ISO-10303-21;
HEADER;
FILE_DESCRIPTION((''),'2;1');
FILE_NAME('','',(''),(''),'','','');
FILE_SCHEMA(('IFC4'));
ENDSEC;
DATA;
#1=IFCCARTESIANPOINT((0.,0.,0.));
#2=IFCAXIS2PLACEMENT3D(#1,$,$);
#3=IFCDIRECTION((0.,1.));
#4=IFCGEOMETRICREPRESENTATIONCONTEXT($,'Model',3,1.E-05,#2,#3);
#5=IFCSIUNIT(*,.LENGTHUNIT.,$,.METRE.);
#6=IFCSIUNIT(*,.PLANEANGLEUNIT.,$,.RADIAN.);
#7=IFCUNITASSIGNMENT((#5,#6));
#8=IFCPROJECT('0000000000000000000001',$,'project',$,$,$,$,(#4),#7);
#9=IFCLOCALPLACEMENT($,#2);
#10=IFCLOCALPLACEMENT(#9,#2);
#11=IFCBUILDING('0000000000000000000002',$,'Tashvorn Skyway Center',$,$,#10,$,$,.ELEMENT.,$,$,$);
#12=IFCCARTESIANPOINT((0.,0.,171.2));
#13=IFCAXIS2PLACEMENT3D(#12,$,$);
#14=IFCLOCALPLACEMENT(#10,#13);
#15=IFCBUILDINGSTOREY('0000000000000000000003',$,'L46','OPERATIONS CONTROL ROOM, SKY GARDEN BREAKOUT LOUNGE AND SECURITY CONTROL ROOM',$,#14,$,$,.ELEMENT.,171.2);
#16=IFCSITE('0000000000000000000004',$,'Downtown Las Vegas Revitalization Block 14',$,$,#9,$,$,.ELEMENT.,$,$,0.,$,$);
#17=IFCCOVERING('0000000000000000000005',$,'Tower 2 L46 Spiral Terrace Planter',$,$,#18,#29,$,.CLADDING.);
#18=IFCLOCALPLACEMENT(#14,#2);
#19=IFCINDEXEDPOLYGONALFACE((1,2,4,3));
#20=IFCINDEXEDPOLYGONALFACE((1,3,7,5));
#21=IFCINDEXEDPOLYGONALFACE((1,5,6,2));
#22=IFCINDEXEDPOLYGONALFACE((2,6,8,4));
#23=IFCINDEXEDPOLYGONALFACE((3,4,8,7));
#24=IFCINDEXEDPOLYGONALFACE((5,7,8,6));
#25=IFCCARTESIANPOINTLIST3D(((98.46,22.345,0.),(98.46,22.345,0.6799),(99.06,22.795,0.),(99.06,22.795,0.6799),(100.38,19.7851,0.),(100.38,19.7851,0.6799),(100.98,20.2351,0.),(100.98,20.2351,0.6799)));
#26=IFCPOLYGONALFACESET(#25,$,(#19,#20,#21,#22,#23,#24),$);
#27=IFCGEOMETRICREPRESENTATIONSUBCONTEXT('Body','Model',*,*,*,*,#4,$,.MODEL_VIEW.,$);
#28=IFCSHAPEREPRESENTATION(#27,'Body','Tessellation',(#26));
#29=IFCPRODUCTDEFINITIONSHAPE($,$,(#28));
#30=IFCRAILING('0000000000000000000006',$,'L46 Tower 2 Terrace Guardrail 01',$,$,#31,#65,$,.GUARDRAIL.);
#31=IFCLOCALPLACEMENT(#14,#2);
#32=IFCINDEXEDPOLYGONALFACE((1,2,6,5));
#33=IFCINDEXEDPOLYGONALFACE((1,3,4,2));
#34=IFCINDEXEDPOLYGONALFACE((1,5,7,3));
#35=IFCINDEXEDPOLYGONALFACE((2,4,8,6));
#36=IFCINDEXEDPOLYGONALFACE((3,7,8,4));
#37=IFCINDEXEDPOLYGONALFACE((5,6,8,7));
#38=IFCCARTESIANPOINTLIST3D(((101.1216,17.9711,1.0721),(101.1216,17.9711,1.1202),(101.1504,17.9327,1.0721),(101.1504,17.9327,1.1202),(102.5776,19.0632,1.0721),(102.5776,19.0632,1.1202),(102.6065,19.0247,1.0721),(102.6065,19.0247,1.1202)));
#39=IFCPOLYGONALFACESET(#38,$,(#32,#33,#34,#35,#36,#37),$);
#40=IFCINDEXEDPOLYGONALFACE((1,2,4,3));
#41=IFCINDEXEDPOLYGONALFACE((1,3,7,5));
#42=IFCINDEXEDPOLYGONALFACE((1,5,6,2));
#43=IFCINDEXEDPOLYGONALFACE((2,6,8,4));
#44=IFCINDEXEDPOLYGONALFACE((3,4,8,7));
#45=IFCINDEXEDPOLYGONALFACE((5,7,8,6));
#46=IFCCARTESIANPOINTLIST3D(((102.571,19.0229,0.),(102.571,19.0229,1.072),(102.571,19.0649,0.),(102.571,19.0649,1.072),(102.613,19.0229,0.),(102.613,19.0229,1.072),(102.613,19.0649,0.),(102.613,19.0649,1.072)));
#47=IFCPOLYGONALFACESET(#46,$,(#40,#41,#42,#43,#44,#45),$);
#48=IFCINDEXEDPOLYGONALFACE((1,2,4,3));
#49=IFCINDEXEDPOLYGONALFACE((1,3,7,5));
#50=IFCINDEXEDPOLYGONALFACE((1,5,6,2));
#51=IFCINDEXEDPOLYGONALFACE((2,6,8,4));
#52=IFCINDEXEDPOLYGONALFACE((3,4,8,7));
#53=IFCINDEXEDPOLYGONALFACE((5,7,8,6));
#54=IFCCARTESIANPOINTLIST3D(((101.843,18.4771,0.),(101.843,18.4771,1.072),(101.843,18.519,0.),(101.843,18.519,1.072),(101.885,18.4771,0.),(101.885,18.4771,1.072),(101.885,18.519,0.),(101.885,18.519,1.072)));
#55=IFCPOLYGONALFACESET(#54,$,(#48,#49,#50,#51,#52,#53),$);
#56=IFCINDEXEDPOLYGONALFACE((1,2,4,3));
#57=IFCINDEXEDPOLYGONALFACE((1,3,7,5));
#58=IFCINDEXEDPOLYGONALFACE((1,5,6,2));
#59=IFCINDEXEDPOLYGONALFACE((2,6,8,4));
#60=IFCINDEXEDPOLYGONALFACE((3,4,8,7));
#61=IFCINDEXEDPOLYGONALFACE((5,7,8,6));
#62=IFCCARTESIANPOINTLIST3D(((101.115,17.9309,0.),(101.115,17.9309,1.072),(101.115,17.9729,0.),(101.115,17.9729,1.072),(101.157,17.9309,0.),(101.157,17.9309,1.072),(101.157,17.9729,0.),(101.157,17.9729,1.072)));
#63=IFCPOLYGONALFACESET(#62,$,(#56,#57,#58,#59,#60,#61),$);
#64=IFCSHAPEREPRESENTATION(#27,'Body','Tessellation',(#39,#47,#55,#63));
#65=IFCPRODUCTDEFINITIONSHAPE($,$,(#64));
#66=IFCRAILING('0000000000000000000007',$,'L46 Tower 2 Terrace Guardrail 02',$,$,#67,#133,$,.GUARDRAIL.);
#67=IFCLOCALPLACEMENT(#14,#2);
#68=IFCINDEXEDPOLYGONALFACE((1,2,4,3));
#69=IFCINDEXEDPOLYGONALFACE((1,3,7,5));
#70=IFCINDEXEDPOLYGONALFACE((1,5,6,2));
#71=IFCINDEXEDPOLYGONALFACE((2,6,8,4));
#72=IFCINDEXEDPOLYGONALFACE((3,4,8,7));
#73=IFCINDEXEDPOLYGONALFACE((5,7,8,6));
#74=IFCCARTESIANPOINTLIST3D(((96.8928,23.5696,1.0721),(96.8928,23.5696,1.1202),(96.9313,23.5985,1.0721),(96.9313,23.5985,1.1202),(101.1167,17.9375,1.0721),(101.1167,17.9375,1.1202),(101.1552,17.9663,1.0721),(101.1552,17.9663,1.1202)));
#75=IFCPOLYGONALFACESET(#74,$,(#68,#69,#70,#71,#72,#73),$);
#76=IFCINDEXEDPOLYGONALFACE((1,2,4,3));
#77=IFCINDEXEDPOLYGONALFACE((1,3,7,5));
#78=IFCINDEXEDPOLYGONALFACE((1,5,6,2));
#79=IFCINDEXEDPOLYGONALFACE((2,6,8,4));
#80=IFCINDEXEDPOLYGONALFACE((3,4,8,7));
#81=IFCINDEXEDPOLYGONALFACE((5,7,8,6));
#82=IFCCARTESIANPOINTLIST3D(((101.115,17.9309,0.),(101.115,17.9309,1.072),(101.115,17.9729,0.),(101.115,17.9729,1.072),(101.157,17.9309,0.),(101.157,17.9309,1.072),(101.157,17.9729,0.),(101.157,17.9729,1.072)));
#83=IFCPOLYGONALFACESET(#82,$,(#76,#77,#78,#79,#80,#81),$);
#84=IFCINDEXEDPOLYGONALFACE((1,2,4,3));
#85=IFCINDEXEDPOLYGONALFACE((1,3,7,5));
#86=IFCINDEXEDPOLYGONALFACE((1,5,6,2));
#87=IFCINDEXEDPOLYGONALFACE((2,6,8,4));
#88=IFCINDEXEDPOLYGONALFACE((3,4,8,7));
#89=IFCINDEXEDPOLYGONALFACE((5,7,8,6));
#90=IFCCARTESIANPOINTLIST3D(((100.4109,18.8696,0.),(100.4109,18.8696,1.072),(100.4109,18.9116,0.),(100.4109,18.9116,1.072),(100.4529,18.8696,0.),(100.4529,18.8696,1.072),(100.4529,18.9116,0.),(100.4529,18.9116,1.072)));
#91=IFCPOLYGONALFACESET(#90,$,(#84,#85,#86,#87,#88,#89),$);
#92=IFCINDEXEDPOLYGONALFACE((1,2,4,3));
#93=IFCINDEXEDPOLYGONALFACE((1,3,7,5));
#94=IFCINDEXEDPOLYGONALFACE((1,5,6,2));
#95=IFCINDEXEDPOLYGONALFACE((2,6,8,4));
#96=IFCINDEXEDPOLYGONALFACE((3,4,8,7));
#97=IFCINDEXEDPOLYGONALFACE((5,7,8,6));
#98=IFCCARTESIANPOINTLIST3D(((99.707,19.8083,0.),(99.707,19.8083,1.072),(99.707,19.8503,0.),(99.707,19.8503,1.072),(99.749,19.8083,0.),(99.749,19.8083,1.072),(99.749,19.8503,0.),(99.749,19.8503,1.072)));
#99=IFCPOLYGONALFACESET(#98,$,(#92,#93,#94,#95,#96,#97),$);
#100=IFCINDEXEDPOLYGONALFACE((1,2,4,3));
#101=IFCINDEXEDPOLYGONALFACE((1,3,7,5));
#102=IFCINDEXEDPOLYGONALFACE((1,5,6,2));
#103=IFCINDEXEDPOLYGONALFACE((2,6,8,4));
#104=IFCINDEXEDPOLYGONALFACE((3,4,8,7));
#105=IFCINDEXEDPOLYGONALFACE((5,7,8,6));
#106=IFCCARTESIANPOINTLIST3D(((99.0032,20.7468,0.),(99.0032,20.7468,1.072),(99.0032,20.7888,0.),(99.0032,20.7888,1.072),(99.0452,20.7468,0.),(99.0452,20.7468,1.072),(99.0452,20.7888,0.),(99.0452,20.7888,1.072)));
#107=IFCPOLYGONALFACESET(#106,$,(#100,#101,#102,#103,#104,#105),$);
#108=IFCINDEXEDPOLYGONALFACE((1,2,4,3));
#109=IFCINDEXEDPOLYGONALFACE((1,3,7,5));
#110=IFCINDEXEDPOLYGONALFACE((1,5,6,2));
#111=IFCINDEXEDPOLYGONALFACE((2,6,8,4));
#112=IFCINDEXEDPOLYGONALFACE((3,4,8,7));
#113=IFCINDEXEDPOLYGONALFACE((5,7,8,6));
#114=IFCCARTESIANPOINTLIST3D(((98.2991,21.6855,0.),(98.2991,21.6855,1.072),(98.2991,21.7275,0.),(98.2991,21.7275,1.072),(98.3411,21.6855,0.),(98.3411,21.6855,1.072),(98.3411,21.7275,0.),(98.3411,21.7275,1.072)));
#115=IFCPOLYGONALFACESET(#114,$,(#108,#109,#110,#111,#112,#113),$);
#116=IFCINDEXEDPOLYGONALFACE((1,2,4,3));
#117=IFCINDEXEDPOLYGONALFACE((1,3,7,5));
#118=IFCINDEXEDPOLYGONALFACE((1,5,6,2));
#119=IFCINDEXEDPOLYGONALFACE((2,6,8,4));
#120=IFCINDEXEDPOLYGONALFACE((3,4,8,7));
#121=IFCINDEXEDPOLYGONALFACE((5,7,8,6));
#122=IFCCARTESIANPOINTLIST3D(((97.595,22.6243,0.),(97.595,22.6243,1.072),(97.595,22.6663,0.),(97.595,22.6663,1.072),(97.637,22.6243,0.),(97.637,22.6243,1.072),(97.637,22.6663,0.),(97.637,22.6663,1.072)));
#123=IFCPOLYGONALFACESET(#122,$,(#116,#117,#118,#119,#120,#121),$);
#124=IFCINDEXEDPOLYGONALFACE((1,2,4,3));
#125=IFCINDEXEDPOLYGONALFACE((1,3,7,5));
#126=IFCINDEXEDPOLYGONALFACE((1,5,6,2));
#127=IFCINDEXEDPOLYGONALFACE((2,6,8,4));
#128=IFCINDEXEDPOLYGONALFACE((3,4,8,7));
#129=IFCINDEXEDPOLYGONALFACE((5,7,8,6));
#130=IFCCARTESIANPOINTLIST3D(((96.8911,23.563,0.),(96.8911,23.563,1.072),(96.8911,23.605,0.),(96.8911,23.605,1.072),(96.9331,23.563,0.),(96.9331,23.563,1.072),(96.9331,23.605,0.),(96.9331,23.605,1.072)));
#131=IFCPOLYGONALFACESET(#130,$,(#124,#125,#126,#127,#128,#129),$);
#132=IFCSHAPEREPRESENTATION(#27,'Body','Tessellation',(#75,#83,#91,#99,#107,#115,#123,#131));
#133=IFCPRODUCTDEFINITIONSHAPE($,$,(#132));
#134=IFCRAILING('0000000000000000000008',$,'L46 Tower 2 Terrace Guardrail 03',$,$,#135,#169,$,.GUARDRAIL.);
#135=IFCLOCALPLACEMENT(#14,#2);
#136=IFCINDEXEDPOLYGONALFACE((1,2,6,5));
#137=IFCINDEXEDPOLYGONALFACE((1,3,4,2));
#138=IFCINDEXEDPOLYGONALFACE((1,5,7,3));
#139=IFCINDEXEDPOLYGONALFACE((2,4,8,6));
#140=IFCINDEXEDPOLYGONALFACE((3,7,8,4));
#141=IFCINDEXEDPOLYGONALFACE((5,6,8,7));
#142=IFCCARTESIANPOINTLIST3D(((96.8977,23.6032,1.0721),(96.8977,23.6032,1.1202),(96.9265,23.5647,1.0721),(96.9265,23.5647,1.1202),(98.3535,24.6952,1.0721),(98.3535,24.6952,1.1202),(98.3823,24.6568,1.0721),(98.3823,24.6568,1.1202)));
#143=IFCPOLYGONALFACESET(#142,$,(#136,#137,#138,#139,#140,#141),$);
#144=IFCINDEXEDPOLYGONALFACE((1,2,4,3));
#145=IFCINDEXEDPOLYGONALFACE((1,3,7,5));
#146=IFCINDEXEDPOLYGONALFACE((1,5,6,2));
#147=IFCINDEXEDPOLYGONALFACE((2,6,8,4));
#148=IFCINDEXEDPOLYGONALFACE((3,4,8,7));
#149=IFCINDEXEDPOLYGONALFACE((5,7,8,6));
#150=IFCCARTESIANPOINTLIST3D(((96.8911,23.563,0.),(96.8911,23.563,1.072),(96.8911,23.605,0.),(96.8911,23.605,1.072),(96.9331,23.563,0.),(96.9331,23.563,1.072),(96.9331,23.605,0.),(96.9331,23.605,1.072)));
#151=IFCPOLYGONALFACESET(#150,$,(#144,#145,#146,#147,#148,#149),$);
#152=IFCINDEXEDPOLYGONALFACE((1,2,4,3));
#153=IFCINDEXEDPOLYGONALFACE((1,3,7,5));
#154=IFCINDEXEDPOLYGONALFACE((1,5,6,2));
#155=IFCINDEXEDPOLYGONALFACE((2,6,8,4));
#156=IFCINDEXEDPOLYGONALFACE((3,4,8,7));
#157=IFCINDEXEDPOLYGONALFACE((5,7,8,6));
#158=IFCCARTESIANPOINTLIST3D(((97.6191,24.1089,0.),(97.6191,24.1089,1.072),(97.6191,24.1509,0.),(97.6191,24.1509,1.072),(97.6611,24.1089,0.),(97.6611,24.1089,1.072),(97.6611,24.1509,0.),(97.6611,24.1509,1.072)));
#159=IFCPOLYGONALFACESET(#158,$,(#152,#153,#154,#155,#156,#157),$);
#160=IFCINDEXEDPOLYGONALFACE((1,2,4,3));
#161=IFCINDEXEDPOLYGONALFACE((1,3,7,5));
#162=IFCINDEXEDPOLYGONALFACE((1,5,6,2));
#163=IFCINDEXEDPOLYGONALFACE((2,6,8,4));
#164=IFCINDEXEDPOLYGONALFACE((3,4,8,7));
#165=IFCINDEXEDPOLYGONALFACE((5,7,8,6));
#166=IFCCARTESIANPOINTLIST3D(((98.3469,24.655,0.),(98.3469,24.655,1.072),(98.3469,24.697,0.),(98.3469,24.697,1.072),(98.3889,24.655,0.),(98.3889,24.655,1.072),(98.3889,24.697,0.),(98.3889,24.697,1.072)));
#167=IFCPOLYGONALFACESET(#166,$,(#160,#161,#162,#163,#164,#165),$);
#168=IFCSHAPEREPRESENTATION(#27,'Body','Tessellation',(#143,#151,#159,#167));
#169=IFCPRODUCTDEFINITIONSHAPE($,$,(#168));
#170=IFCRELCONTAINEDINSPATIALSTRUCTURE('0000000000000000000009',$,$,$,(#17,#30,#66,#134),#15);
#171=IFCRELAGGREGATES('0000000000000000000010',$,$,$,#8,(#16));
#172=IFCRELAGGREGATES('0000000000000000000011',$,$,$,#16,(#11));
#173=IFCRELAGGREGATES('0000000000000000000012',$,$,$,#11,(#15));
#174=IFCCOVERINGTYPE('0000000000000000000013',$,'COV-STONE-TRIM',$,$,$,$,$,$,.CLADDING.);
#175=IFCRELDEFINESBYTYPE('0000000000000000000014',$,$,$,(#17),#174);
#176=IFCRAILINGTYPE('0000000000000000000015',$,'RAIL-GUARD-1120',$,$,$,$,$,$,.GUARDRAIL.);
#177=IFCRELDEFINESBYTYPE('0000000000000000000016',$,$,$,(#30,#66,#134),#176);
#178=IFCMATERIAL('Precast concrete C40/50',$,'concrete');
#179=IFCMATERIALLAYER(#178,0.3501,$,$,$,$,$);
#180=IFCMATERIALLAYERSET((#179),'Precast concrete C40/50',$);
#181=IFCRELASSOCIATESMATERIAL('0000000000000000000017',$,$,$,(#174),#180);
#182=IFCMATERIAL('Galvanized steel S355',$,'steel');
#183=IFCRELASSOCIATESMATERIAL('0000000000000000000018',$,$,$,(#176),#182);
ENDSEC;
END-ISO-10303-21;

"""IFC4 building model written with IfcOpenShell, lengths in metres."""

from ifc_helpers import new_model, si_unit, direction, frame, origin, origin_2d, place, context, subcontext, project, spatial, rectangle, extrude, material, layer, layer_set, type_object, element, save


model = new_model("IFC4")

# Units and contexts
model_context = context("Model", 3, precision=1e-05, world=origin(), true_north=direction((0.0, 1.0)))
body_context = subcontext(model_context, "Body", "Model", "MODEL_VIEW")
ifc_project = project(units=[si_unit("LENGTHUNIT", "METRE"), si_unit("PLANEANGLEUNIT", "RADIAN")], contexts=[model_context])

# Site, building, storey
site_placement = place(None, origin())
site = spatial("IfcSite", under=ifc_project, at=site_placement, Name="Downtown Las Vegas Revitalization Block 14", CompositionType="ELEMENT", RefElevation=0.0)
building_placement = place(site_placement, origin())
building = spatial("IfcBuilding", under=site, at=building_placement, Name="Tashvorn Skyway Center", CompositionType="ELEMENT")
storey_placement = place(building_placement, frame((0.0, 0.0, 171.2)))
storey = spatial("IfcBuildingStorey", under=building, at=storey_placement, Name="L46", Description="OPERATIONS CONTROL ROOM, SKY GARDEN BREAKOUT LOUNGE AND SECURITY CONTROL ROOM", CompositionType="ELEMENT", Elevation=171.2)

# Shared definitions
ifc_material_1 = material(Name="Precast concrete C40/50", Category="concrete")

# Covering
ifc_layer_1 = layer(ifc_material_1, 0.3501)
ifc_layer_set_1 = layer_set([ifc_layer_1], Name="Precast concrete C40/50")
covering_type = type_object("IfcCoveringType", Name="COV-STONE-TRIM", PredefinedType="CLADDING", material=ifc_layer_set_1)
covering_1_placement = place(storey_placement, frame((99.72, 21.29, 0.0), z_axis=(0.0, 0.0, 1.0), x_axis=(-0.6, 0.8, 0.0)))
element("IfcCovering", 1, at=covering_1_placement, inside=storey, type_object=covering_type, Name="Tower 2 L46 Spiral Terrace Planter", PredefinedType="CLADDING", context=body_context, shape_type="SweptSolid", body=[
    extrude(rectangle(XDim=3.2, YDim=0.75, at=origin_2d()), origin(), (0.0, 0.0, 1.0), 0.6799),
])

# Railings
ifc_material_2 = material(Name="Galvanized steel S355", Category="steel")
railing_type = type_object("IfcRailingType", Name="RAIL-GUARD-1120", PredefinedType="GUARDRAIL", material=ifc_material_2)
railing_1_placement = place(storey_placement, frame((102.592, 19.0439, 0.0)))
element("IfcRailing", 2, at=railing_1_placement, inside=storey, type_object=railing_type, Name="L46 Tower 2 Terrace Guardrail 01", PredefinedType="GUARDRAIL", context=body_context, shape_type="SweptSolid", body=[
    extrude(rectangle(XDim=0.0481, YDim=0.0481, at=origin_2d()), frame((0.0, 0.0, 1.0962), z_axis=(-0.8, -0.6, 0.0), x_axis=(0.6, -0.8, 0.0)), (0.0, 0.0, 1.0), 1.8201),
    extrude(rectangle(XDim=0.042, YDim=0.042, at=origin_2d()), origin(), (0.0, 0.0, 1.0), 1.072),
    extrude(rectangle(XDim=0.042, YDim=0.042, at=origin_2d()), frame((-0.728, -0.5459, 0.0)), (0.0, 0.0, 1.0), 1.072),
    extrude(rectangle(XDim=0.042, YDim=0.042, at=origin_2d()), frame((-1.4561, -1.092, 0.0)), (0.0, 0.0, 1.0), 1.072),
])
railing_2_placement = place(storey_placement, frame((101.136, 17.9519, 0.0)))
element("IfcRailing", 3, at=railing_2_placement, inside=storey, type_object=railing_type, Name="L46 Tower 2 Terrace Guardrail 02", PredefinedType="GUARDRAIL", context=body_context, shape_type="SweptSolid", body=[
    extrude(rectangle(XDim=0.0481, YDim=0.0481, at=origin_2d()), frame((0.0, 0.0, 1.0962), z_axis=(-0.599983, 0.800012, 0.0), x_axis=(-0.800012, -0.599983, 0.0)), (0.0, 0.0, 1.0), 7.04),
    extrude(rectangle(XDim=0.042, YDim=0.042, at=origin_2d()), origin(), (0.0, 0.0, 1.0), 1.072),
    extrude(rectangle(XDim=0.042, YDim=0.042, at=origin_2d()), frame((-0.7041, 0.9387, 0.0)), (0.0, 0.0, 1.0), 1.072),
    extrude(rectangle(XDim=0.042, YDim=0.042, at=origin_2d()), frame((-1.408, 1.8774, 0.0)), (0.0, 0.0, 1.0), 1.072),
    extrude(rectangle(XDim=0.042, YDim=0.042, at=origin_2d()), frame((-2.1118, 2.8159, 0.0)), (0.0, 0.0, 1.0), 1.072),
    extrude(rectangle(XDim=0.042, YDim=0.042, at=origin_2d()), frame((-2.8159, 3.7546, 0.0)), (0.0, 0.0, 1.0), 1.072),
    extrude(rectangle(XDim=0.042, YDim=0.042, at=origin_2d()), frame((-3.52, 4.6934, 0.0)), (0.0, 0.0, 1.0), 1.072),
    extrude(rectangle(XDim=0.042, YDim=0.042, at=origin_2d()), frame((-4.2239, 5.6321, 0.0)), (0.0, 0.0, 1.0), 1.072),
])
railing_3_placement = place(storey_placement, frame((96.9121, 23.584, 0.0)))
element("IfcRailing", 4, at=railing_3_placement, inside=storey, type_object=railing_type, Name="L46 Tower 2 Terrace Guardrail 03", PredefinedType="GUARDRAIL", context=body_context, shape_type="SweptSolid", body=[
    extrude(rectangle(XDim=0.0481, YDim=0.0481, at=origin_2d()), frame((0.0, 0.0, 1.0962), z_axis=(0.799952, 0.600064, 0.0), x_axis=(-0.600064, 0.799952, 0.0)), (0.0, 0.0, 1.0), 1.8198),
    extrude(rectangle(XDim=0.042, YDim=0.042, at=origin_2d()), origin(), (0.0, 0.0, 1.0), 1.072),
    extrude(rectangle(XDim=0.042, YDim=0.042, at=origin_2d()), frame((0.728, 0.5459, 0.0)), (0.0, 0.0, 1.0), 1.072),
    extrude(rectangle(XDim=0.042, YDim=0.042, at=origin_2d()), frame((1.4558, 1.092, 0.0)), (0.0, 0.0, 1.0), 1.072),
])

save(model, "model.ifc")
